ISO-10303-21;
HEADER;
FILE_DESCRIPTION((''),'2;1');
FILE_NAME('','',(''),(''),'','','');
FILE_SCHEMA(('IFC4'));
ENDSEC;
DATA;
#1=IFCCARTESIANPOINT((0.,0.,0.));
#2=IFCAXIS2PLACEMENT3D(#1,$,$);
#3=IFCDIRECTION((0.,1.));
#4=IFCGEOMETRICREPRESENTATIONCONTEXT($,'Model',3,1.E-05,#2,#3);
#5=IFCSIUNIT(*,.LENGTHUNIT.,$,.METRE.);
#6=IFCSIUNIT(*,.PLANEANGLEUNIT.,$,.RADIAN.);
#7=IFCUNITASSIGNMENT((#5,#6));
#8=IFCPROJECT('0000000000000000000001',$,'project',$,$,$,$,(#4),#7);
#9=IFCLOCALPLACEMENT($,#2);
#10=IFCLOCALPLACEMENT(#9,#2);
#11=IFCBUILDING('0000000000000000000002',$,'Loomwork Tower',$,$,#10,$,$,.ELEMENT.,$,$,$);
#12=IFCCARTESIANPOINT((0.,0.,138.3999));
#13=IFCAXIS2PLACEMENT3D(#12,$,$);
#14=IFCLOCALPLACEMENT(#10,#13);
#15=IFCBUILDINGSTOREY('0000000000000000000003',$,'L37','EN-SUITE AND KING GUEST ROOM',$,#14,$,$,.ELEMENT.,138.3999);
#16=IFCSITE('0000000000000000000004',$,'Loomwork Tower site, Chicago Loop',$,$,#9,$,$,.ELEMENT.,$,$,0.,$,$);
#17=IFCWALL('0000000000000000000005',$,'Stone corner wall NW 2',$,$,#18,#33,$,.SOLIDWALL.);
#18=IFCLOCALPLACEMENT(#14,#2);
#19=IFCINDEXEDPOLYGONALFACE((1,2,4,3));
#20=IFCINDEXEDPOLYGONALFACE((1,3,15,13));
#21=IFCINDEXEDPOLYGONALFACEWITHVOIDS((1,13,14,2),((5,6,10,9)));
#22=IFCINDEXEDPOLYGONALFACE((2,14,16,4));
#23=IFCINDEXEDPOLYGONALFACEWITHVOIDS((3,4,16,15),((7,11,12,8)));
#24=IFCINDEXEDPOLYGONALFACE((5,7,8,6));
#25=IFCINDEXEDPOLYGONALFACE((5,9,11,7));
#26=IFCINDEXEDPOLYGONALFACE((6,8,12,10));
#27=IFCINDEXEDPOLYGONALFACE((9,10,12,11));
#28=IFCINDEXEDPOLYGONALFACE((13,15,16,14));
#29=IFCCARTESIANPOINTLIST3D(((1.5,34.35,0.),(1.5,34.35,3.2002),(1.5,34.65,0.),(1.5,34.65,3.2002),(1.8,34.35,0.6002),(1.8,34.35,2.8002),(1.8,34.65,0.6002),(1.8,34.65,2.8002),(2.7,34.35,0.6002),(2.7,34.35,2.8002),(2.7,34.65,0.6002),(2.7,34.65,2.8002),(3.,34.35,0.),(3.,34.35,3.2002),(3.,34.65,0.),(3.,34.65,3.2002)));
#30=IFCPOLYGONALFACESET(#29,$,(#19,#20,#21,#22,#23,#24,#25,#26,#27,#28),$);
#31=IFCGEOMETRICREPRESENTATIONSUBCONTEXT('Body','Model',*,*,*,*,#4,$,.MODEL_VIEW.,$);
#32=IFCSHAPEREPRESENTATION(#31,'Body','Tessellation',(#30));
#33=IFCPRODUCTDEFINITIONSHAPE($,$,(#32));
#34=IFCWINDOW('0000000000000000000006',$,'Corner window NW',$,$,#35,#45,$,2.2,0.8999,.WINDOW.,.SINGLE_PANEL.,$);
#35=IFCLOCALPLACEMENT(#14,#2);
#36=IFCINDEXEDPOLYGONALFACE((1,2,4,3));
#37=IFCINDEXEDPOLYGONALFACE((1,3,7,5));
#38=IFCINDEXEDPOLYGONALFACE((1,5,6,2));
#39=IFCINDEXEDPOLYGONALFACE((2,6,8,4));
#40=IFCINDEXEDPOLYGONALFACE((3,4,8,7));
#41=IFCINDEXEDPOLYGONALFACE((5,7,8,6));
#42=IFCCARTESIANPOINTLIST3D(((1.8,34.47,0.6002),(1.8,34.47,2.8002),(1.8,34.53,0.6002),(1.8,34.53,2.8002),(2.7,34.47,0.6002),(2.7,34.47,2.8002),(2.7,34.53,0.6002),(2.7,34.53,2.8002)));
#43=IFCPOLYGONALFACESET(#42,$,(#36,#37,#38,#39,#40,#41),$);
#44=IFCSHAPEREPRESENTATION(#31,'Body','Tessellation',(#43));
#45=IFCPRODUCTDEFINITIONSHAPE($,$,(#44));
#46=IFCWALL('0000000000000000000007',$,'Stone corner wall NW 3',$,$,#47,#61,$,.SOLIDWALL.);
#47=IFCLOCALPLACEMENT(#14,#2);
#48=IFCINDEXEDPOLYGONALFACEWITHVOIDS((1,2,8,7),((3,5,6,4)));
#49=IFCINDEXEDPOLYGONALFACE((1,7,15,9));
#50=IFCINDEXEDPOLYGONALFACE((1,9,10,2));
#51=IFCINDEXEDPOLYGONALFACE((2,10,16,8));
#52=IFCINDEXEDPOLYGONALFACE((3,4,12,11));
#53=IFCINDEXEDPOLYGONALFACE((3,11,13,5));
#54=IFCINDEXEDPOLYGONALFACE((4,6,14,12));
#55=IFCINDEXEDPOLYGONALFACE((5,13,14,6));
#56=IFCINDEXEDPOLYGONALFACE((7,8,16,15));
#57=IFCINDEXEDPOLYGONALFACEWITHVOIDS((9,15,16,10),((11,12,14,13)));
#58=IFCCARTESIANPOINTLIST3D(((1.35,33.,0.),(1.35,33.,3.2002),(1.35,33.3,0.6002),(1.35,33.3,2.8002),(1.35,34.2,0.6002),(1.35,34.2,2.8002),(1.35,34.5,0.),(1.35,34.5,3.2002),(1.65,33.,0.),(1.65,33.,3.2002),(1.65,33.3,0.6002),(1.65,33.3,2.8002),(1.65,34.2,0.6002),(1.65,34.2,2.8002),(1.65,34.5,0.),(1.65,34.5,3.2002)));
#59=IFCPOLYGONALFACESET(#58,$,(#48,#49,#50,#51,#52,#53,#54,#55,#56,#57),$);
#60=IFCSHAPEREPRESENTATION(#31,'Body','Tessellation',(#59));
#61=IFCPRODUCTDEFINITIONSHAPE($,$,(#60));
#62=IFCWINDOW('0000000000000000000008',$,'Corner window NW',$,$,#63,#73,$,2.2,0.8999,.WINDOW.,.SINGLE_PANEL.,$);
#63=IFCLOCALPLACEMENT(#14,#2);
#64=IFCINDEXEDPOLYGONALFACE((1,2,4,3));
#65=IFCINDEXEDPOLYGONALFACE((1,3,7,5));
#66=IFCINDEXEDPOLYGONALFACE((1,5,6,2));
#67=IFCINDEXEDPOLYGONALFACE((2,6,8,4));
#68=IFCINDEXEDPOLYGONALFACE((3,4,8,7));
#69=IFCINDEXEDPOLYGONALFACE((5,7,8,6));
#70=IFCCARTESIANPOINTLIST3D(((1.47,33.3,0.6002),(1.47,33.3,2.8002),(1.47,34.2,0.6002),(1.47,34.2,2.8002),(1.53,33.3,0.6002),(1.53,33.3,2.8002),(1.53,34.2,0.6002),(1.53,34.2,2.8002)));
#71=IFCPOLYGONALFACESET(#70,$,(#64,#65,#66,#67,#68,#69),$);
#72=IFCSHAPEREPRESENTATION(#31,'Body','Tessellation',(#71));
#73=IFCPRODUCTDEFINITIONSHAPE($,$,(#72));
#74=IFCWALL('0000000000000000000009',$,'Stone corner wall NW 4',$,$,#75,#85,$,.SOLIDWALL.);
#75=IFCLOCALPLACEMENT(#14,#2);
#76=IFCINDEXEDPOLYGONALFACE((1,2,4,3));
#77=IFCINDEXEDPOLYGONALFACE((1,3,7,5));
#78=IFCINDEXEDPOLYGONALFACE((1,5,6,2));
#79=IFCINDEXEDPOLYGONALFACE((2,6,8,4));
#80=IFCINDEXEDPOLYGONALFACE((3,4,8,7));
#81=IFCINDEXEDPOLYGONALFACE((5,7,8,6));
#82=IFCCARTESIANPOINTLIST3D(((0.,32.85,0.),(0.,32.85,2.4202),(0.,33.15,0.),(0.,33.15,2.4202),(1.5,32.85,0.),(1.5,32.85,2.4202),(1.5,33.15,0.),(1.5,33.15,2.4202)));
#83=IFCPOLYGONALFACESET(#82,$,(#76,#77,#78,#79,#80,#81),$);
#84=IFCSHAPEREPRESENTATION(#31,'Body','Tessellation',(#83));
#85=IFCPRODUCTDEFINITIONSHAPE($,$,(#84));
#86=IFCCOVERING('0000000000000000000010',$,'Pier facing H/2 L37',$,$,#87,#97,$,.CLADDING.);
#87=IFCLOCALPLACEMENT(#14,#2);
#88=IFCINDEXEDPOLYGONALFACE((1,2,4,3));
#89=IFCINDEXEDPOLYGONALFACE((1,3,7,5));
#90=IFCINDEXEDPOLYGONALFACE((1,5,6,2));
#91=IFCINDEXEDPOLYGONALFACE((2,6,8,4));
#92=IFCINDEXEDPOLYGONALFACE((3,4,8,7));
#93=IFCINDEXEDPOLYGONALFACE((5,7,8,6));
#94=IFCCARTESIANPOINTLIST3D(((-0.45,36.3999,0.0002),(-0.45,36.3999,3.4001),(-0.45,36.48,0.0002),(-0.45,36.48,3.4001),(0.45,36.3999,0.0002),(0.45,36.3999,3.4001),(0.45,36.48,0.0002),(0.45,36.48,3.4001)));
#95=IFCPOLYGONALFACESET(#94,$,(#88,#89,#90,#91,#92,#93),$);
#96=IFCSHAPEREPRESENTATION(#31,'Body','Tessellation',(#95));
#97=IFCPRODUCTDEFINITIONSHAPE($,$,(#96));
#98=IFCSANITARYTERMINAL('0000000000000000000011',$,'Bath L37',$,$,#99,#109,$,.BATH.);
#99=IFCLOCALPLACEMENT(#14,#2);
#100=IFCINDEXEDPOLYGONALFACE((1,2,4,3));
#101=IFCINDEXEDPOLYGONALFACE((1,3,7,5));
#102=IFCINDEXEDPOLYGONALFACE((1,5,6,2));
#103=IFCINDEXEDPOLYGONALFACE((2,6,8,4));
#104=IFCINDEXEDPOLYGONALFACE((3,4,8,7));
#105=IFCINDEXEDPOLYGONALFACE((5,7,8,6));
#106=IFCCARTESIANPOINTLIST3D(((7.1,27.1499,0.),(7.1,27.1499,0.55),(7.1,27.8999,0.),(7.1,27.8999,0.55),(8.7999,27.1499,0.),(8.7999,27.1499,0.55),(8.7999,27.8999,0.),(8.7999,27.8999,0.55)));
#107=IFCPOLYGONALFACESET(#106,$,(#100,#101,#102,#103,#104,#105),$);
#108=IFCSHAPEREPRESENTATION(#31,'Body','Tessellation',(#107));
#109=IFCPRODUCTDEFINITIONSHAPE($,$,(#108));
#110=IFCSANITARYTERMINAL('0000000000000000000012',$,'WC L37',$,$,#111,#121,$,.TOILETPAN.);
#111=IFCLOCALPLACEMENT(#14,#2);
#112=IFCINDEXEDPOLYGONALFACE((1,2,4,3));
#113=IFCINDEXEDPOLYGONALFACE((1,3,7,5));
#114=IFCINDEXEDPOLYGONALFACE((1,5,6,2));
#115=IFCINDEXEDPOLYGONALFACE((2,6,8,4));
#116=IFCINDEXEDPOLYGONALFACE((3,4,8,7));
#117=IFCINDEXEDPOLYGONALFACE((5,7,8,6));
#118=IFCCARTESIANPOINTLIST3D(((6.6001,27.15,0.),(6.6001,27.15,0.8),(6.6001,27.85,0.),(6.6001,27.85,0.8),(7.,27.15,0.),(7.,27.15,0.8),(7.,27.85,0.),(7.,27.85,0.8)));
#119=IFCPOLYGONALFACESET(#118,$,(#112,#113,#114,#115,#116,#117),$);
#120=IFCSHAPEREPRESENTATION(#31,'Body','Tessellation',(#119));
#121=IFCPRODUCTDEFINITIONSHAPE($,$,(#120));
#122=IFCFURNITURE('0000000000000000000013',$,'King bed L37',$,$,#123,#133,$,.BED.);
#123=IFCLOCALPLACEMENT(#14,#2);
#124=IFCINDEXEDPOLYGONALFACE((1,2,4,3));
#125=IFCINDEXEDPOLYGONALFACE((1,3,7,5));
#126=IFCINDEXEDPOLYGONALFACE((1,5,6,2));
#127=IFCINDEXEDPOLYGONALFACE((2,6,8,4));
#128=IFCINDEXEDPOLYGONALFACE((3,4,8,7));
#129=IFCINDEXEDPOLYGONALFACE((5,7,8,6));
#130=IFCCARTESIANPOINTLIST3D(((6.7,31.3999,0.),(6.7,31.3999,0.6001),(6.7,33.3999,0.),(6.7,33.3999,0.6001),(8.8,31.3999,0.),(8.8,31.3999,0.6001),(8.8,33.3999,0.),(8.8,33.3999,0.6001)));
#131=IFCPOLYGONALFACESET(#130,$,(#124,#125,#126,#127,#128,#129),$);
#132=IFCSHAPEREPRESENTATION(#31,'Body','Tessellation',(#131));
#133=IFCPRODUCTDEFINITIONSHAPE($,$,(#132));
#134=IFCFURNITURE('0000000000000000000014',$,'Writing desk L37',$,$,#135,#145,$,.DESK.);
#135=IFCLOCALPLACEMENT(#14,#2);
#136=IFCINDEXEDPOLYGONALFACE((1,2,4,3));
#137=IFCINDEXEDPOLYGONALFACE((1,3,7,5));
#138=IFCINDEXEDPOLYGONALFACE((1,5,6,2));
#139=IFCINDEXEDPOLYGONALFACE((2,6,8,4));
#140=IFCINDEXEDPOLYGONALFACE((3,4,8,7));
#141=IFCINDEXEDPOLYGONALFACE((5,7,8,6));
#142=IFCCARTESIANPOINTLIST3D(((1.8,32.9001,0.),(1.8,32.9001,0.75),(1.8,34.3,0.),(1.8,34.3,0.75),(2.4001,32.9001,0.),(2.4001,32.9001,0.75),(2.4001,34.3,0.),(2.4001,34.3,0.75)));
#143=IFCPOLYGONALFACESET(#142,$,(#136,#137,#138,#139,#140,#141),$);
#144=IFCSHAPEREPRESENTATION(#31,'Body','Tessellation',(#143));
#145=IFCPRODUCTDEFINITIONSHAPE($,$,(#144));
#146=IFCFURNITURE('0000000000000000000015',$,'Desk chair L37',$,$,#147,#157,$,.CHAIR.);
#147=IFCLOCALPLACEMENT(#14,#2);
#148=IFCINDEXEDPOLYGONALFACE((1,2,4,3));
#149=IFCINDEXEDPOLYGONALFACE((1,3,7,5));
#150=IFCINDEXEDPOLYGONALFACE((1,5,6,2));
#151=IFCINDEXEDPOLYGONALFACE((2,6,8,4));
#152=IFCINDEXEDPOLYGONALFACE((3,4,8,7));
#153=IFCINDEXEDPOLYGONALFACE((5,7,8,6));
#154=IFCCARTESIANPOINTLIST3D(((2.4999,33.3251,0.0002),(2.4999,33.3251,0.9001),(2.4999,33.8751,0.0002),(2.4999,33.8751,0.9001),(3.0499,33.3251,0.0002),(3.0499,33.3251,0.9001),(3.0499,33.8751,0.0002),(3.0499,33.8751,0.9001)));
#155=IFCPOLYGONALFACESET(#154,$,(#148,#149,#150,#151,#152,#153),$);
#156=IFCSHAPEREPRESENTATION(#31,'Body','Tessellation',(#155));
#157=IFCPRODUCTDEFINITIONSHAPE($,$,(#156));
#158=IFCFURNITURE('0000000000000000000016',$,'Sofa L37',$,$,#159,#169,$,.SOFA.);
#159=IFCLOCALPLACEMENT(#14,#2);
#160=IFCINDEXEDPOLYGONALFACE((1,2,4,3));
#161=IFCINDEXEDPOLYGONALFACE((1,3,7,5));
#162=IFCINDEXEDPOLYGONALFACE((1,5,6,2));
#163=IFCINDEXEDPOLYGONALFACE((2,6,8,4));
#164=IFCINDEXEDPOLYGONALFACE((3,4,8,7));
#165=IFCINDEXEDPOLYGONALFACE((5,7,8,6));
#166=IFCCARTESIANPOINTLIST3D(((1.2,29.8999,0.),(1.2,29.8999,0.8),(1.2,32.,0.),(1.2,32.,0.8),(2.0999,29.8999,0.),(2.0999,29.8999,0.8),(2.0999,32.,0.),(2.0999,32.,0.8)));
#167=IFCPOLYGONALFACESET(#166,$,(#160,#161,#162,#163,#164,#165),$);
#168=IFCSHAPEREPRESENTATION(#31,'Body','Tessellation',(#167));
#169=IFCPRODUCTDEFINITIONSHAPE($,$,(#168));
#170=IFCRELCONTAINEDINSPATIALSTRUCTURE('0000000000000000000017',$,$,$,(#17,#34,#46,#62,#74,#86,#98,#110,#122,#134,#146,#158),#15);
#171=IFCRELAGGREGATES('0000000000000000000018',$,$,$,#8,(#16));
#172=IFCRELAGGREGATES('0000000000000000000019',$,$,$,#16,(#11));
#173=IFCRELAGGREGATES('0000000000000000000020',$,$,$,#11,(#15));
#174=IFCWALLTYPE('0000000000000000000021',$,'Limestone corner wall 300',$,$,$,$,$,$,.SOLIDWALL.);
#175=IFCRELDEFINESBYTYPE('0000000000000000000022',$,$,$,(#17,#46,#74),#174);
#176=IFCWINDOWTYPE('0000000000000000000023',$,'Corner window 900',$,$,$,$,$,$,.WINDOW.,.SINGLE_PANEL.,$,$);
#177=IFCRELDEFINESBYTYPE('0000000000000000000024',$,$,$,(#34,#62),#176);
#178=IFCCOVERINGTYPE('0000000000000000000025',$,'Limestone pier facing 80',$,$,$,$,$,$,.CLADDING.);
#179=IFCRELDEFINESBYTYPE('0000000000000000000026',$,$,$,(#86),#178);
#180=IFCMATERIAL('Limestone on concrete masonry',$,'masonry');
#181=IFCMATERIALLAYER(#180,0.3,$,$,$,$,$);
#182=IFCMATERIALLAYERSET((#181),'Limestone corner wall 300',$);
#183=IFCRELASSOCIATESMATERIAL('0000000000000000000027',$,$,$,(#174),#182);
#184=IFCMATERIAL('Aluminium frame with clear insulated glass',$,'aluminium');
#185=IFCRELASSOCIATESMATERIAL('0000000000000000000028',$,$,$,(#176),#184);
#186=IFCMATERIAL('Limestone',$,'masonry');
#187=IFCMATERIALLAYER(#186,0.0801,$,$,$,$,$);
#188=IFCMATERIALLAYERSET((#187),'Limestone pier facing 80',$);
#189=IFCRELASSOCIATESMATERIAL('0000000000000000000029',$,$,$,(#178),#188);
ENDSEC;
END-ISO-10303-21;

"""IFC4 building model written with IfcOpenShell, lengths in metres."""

from ifc_helpers import new_model, si_unit, direction, frame, frame_2d, origin, origin_2d, place, context, subcontext, project, spatial, rectangle, extrude, material, layer, layer_set, type_object, element, fill, save


model = new_model("IFC4")

# Units and contexts
model_context = context("Model", 3, precision=1e-05, world=origin(), true_north=direction((0.0, 1.0)))
body_context = subcontext(model_context, "Body", "Model", "MODEL_VIEW")
ifc_project = project(units=[si_unit("LENGTHUNIT", "METRE"), si_unit("PLANEANGLEUNIT", "RADIAN")], contexts=[model_context])

# Site, building, storey
site_placement = place(None, origin())
site = spatial("IfcSite", under=ifc_project, at=site_placement, Name="Loomwork Tower site, Chicago Loop", CompositionType="ELEMENT", RefElevation=0.0)
building_placement = place(site_placement, origin())
building = spatial("IfcBuilding", under=site, at=building_placement, Name="Loomwork Tower", CompositionType="ELEMENT")
storey_placement = place(building_placement, frame((0.0, 0.0, 138.3999)))
storey = spatial("IfcBuildingStorey", under=building, at=storey_placement, Name="L37", Description="EN-SUITE AND KING GUEST ROOM", CompositionType="ELEMENT", Elevation=138.3999)

# Shared definitions
ifc_material_1 = material(Name="Limestone on concrete masonry", Category="masonry")
ifc_layer_1 = layer(ifc_material_1, 0.3)
ifc_layer_set_1 = layer_set([ifc_layer_1], Name="Limestone corner wall 300")
wall_type_1 = type_object("IfcWallType", Name="Limestone corner wall 300", PredefinedType="SOLIDWALL", material=ifc_layer_set_1)

# Walls, openings, windows
wall_1_placement = place(storey_placement, frame((3.0, 34.5, 0.0), z_axis=(0.0, 0.0, 1.0), x_axis=(-1.0, 0.0, 0.0)))
wall_1 = element("IfcWall", 1, at=wall_1_placement, inside=storey, type_object=wall_type_1, Name="Stone corner wall NW 2", PredefinedType="SOLIDWALL", context=body_context, shape_type="SweptSolid", body=[
    extrude(rectangle(XDim=1.5, YDim=0.3, at=frame_2d((0.75, 0.0))), origin(), (0.0, 0.0, 1.0), 3.2002),
])
opening_1_placement = place(wall_1_placement, frame((0.3, 0.0, 0.6001)))
opening_1 = element("IfcOpeningElement", 2, at=opening_1_placement, cuts=wall_1, PredefinedType="OPENING", context=body_context, shape_type="SweptSolid", body=[
    extrude(rectangle(XDim=0.8999, YDim=2.2, at=frame_2d((0.45, 1.1001))), frame((0.0, 0.1599, 0.0), z_axis=(0.0, -1.0, 0.0), x_axis=(1.0, 0.0, 0.0)), (0.0, 0.0, 1.0), 0.3201),
])
ifc_material_2 = material(Name="Aluminium frame with clear insulated glass", Category="aluminium")
window_type_1 = type_object("IfcWindowType", Name="Corner window 900", PartitioningType="SINGLE_PANEL", PredefinedType="WINDOW", material=ifc_material_2)
window_1_placement = place(opening_1_placement, origin())
window_1 = element("IfcWindow", 3, at=window_1_placement, inside=storey, type_object=window_type_1, Name="Corner window NW", OverallHeight=2.2, OverallWidth=0.8999, PartitioningType="SINGLE_PANEL", PredefinedType="WINDOW", context=body_context, shape_type="SweptSolid", body=[
    extrude(rectangle(XDim=0.8999, YDim=2.2, at=frame_2d((0.45, 1.1001))), frame((0.0, 0.03, 0.0), z_axis=(0.0, -1.0, 0.0), x_axis=(1.0, 0.0, 0.0)), (0.0, 0.0, 1.0), 0.0601),
])
fill(opening_1, window_1)
wall_2_placement = place(storey_placement, frame((1.5, 34.5, 0.0), z_axis=(0.0, 0.0, 1.0), x_axis=(0.0, -1.0, 0.0)))
wall_2 = element("IfcWall", 4, at=wall_2_placement, inside=storey, type_object=wall_type_1, Name="Stone corner wall NW 3", PredefinedType="SOLIDWALL", context=body_context, shape_type="SweptSolid", body=[
    extrude(rectangle(XDim=1.5, YDim=0.3, at=frame_2d((0.75, 0.0))), origin(), (0.0, 0.0, 1.0), 3.2002),
])
opening_2_placement = place(wall_2_placement, frame((0.3, 0.0, 0.6001)))
opening_2 = element("IfcOpeningElement", 5, at=opening_2_placement, cuts=wall_2, PredefinedType="OPENING", context=body_context, shape_type="SweptSolid", body=[
    extrude(rectangle(XDim=0.8999, YDim=2.2, at=frame_2d((0.45, 1.1001))), frame((0.0, 0.1599, 0.0), z_axis=(0.0, -1.0, 0.0), x_axis=(1.0, 0.0, 0.0)), (0.0, 0.0, 1.0), 0.3201),
])
window_2_placement = place(opening_2_placement, origin())
window_2 = element("IfcWindow", 6, at=window_2_placement, inside=storey, type_object=window_type_1, Name="Corner window NW", OverallHeight=2.2, OverallWidth=0.8999, PartitioningType="SINGLE_PANEL", PredefinedType="WINDOW", context=body_context, shape_type="SweptSolid", body=[
    extrude(rectangle(XDim=0.8999, YDim=2.2, at=frame_2d((0.45, 1.1001))), frame((0.0, 0.03, 0.0), z_axis=(0.0, -1.0, 0.0), x_axis=(1.0, 0.0, 0.0)), (0.0, 0.0, 1.0), 0.0601),
])
fill(opening_2, window_2)

# Wall
wall_3_placement = place(storey_placement, frame((1.5, 33.0, 0.0), z_axis=(0.0, 0.0, 1.0), x_axis=(-1.0, 0.0, 0.0)))
element("IfcWall", 7, at=wall_3_placement, inside=storey, type_object=wall_type_1, Name="Stone corner wall NW 4", PredefinedType="SOLIDWALL", context=body_context, shape_type="SweptSolid", body=[
    extrude(rectangle(XDim=1.5, YDim=0.3, at=frame_2d((0.75, 0.0))), origin(), (0.0, 0.0, 1.0), 2.4202),
])

# Covering
ifc_material_3 = material(Name="Limestone", Category="masonry")
ifc_layer_2 = layer(ifc_material_3, 0.0801)
ifc_layer_set_2 = layer_set([ifc_layer_2], Name="Limestone pier facing 80")
covering_type = type_object("IfcCoveringType", Name="Limestone pier facing 80", PredefinedType="CLADDING", material=ifc_layer_set_2)
covering_placement = place(storey_placement, frame((0.0, 36.4399, 0.0002), z_axis=(0.0, 0.0, 1.0), x_axis=(1.0, 0.0, 0.0)))
element("IfcCovering", 8, at=covering_placement, inside=storey, type_object=covering_type, Name="Pier facing H/2 L37", PredefinedType="CLADDING", context=body_context, shape_type="SweptSolid", body=[
    extrude(rectangle(XDim=0.8999, YDim=0.0801, at=origin_2d()), origin(), (0.0, 0.0, 1.0), 3.3999),
])

# Sanitary terminals
sanitary_terminal_1_placement = place(storey_placement, frame((7.95, 27.5249, 0.0), z_axis=(0.0, 0.0, 1.0), x_axis=(1.0, 0.0, 0.0)))
element("IfcSanitaryTerminal", 9, at=sanitary_terminal_1_placement, inside=storey, Name="Bath L37", PredefinedType="BATH", context=body_context, shape_type="SweptSolid", body=[
    extrude(rectangle(XDim=1.7, YDim=0.75, at=origin_2d()), origin(), (0.0, 0.0, 1.0), 0.55),
])
sanitary_terminal_2_placement = place(storey_placement, frame((6.8, 27.5, 0.0), z_axis=(0.0, 0.0, 1.0), x_axis=(1.0, 0.0, 0.0)))
element("IfcSanitaryTerminal", 10, at=sanitary_terminal_2_placement, inside=storey, Name="WC L37", PredefinedType="TOILETPAN", context=body_context, shape_type="SweptSolid", body=[
    extrude(rectangle(XDim=0.3999, YDim=0.7, at=origin_2d()), origin(), (0.0, 0.0, 1.0), 0.8),
])

# Furniture
furniture_1_placement = place(storey_placement, frame((7.75, 32.3999, 0.0), z_axis=(0.0, 0.0, 1.0), x_axis=(1.0, 0.0, 0.0)))
element("IfcFurniture", 11, at=furniture_1_placement, inside=storey, Name="King bed L37", PredefinedType="BED", context=body_context, shape_type="SweptSolid", body=[
    extrude(rectangle(XDim=2.1001, YDim=2.0, at=origin_2d()), origin(), (0.0, 0.0, 1.0), 0.6001),
])
furniture_2_placement = place(storey_placement, frame((2.1001, 33.6001, 0.0), z_axis=(0.0, 0.0, 1.0), x_axis=(1.0, 0.0, 0.0)))
element("IfcFurniture", 12, at=furniture_2_placement, inside=storey, Name="Writing desk L37", PredefinedType="DESK", context=body_context, shape_type="SweptSolid", body=[
    extrude(rectangle(XDim=0.6001, YDim=1.3999, at=origin_2d()), origin(), (0.0, 0.0, 1.0), 0.75),
])
furniture_3_placement = place(storey_placement, frame((2.7749, 33.6001, 0.0002), z_axis=(0.0, 0.0, 1.0), x_axis=(1.0, 0.0, 0.0)))
element("IfcFurniture", 13, at=furniture_3_placement, inside=storey, Name="Desk chair L37", PredefinedType="CHAIR", context=body_context, shape_type="SweptSolid", body=[
    extrude(rectangle(XDim=0.55, YDim=0.55, at=origin_2d()), origin(), (0.0, 0.0, 1.0), 0.8999),
])
furniture_4_placement = place(storey_placement, frame((1.6499, 30.95, 0.0), z_axis=(0.0, 0.0, 1.0), x_axis=(1.0, 0.0, 0.0)))
element("IfcFurniture", 14, at=furniture_4_placement, inside=storey, Name="Sofa L37", PredefinedType="SOFA", context=body_context, shape_type="SweptSolid", body=[
    extrude(rectangle(XDim=0.8999, YDim=2.1001, at=origin_2d()), origin(), (0.0, 0.0, 1.0), 0.8),
])

save(model, "model.ifc")
